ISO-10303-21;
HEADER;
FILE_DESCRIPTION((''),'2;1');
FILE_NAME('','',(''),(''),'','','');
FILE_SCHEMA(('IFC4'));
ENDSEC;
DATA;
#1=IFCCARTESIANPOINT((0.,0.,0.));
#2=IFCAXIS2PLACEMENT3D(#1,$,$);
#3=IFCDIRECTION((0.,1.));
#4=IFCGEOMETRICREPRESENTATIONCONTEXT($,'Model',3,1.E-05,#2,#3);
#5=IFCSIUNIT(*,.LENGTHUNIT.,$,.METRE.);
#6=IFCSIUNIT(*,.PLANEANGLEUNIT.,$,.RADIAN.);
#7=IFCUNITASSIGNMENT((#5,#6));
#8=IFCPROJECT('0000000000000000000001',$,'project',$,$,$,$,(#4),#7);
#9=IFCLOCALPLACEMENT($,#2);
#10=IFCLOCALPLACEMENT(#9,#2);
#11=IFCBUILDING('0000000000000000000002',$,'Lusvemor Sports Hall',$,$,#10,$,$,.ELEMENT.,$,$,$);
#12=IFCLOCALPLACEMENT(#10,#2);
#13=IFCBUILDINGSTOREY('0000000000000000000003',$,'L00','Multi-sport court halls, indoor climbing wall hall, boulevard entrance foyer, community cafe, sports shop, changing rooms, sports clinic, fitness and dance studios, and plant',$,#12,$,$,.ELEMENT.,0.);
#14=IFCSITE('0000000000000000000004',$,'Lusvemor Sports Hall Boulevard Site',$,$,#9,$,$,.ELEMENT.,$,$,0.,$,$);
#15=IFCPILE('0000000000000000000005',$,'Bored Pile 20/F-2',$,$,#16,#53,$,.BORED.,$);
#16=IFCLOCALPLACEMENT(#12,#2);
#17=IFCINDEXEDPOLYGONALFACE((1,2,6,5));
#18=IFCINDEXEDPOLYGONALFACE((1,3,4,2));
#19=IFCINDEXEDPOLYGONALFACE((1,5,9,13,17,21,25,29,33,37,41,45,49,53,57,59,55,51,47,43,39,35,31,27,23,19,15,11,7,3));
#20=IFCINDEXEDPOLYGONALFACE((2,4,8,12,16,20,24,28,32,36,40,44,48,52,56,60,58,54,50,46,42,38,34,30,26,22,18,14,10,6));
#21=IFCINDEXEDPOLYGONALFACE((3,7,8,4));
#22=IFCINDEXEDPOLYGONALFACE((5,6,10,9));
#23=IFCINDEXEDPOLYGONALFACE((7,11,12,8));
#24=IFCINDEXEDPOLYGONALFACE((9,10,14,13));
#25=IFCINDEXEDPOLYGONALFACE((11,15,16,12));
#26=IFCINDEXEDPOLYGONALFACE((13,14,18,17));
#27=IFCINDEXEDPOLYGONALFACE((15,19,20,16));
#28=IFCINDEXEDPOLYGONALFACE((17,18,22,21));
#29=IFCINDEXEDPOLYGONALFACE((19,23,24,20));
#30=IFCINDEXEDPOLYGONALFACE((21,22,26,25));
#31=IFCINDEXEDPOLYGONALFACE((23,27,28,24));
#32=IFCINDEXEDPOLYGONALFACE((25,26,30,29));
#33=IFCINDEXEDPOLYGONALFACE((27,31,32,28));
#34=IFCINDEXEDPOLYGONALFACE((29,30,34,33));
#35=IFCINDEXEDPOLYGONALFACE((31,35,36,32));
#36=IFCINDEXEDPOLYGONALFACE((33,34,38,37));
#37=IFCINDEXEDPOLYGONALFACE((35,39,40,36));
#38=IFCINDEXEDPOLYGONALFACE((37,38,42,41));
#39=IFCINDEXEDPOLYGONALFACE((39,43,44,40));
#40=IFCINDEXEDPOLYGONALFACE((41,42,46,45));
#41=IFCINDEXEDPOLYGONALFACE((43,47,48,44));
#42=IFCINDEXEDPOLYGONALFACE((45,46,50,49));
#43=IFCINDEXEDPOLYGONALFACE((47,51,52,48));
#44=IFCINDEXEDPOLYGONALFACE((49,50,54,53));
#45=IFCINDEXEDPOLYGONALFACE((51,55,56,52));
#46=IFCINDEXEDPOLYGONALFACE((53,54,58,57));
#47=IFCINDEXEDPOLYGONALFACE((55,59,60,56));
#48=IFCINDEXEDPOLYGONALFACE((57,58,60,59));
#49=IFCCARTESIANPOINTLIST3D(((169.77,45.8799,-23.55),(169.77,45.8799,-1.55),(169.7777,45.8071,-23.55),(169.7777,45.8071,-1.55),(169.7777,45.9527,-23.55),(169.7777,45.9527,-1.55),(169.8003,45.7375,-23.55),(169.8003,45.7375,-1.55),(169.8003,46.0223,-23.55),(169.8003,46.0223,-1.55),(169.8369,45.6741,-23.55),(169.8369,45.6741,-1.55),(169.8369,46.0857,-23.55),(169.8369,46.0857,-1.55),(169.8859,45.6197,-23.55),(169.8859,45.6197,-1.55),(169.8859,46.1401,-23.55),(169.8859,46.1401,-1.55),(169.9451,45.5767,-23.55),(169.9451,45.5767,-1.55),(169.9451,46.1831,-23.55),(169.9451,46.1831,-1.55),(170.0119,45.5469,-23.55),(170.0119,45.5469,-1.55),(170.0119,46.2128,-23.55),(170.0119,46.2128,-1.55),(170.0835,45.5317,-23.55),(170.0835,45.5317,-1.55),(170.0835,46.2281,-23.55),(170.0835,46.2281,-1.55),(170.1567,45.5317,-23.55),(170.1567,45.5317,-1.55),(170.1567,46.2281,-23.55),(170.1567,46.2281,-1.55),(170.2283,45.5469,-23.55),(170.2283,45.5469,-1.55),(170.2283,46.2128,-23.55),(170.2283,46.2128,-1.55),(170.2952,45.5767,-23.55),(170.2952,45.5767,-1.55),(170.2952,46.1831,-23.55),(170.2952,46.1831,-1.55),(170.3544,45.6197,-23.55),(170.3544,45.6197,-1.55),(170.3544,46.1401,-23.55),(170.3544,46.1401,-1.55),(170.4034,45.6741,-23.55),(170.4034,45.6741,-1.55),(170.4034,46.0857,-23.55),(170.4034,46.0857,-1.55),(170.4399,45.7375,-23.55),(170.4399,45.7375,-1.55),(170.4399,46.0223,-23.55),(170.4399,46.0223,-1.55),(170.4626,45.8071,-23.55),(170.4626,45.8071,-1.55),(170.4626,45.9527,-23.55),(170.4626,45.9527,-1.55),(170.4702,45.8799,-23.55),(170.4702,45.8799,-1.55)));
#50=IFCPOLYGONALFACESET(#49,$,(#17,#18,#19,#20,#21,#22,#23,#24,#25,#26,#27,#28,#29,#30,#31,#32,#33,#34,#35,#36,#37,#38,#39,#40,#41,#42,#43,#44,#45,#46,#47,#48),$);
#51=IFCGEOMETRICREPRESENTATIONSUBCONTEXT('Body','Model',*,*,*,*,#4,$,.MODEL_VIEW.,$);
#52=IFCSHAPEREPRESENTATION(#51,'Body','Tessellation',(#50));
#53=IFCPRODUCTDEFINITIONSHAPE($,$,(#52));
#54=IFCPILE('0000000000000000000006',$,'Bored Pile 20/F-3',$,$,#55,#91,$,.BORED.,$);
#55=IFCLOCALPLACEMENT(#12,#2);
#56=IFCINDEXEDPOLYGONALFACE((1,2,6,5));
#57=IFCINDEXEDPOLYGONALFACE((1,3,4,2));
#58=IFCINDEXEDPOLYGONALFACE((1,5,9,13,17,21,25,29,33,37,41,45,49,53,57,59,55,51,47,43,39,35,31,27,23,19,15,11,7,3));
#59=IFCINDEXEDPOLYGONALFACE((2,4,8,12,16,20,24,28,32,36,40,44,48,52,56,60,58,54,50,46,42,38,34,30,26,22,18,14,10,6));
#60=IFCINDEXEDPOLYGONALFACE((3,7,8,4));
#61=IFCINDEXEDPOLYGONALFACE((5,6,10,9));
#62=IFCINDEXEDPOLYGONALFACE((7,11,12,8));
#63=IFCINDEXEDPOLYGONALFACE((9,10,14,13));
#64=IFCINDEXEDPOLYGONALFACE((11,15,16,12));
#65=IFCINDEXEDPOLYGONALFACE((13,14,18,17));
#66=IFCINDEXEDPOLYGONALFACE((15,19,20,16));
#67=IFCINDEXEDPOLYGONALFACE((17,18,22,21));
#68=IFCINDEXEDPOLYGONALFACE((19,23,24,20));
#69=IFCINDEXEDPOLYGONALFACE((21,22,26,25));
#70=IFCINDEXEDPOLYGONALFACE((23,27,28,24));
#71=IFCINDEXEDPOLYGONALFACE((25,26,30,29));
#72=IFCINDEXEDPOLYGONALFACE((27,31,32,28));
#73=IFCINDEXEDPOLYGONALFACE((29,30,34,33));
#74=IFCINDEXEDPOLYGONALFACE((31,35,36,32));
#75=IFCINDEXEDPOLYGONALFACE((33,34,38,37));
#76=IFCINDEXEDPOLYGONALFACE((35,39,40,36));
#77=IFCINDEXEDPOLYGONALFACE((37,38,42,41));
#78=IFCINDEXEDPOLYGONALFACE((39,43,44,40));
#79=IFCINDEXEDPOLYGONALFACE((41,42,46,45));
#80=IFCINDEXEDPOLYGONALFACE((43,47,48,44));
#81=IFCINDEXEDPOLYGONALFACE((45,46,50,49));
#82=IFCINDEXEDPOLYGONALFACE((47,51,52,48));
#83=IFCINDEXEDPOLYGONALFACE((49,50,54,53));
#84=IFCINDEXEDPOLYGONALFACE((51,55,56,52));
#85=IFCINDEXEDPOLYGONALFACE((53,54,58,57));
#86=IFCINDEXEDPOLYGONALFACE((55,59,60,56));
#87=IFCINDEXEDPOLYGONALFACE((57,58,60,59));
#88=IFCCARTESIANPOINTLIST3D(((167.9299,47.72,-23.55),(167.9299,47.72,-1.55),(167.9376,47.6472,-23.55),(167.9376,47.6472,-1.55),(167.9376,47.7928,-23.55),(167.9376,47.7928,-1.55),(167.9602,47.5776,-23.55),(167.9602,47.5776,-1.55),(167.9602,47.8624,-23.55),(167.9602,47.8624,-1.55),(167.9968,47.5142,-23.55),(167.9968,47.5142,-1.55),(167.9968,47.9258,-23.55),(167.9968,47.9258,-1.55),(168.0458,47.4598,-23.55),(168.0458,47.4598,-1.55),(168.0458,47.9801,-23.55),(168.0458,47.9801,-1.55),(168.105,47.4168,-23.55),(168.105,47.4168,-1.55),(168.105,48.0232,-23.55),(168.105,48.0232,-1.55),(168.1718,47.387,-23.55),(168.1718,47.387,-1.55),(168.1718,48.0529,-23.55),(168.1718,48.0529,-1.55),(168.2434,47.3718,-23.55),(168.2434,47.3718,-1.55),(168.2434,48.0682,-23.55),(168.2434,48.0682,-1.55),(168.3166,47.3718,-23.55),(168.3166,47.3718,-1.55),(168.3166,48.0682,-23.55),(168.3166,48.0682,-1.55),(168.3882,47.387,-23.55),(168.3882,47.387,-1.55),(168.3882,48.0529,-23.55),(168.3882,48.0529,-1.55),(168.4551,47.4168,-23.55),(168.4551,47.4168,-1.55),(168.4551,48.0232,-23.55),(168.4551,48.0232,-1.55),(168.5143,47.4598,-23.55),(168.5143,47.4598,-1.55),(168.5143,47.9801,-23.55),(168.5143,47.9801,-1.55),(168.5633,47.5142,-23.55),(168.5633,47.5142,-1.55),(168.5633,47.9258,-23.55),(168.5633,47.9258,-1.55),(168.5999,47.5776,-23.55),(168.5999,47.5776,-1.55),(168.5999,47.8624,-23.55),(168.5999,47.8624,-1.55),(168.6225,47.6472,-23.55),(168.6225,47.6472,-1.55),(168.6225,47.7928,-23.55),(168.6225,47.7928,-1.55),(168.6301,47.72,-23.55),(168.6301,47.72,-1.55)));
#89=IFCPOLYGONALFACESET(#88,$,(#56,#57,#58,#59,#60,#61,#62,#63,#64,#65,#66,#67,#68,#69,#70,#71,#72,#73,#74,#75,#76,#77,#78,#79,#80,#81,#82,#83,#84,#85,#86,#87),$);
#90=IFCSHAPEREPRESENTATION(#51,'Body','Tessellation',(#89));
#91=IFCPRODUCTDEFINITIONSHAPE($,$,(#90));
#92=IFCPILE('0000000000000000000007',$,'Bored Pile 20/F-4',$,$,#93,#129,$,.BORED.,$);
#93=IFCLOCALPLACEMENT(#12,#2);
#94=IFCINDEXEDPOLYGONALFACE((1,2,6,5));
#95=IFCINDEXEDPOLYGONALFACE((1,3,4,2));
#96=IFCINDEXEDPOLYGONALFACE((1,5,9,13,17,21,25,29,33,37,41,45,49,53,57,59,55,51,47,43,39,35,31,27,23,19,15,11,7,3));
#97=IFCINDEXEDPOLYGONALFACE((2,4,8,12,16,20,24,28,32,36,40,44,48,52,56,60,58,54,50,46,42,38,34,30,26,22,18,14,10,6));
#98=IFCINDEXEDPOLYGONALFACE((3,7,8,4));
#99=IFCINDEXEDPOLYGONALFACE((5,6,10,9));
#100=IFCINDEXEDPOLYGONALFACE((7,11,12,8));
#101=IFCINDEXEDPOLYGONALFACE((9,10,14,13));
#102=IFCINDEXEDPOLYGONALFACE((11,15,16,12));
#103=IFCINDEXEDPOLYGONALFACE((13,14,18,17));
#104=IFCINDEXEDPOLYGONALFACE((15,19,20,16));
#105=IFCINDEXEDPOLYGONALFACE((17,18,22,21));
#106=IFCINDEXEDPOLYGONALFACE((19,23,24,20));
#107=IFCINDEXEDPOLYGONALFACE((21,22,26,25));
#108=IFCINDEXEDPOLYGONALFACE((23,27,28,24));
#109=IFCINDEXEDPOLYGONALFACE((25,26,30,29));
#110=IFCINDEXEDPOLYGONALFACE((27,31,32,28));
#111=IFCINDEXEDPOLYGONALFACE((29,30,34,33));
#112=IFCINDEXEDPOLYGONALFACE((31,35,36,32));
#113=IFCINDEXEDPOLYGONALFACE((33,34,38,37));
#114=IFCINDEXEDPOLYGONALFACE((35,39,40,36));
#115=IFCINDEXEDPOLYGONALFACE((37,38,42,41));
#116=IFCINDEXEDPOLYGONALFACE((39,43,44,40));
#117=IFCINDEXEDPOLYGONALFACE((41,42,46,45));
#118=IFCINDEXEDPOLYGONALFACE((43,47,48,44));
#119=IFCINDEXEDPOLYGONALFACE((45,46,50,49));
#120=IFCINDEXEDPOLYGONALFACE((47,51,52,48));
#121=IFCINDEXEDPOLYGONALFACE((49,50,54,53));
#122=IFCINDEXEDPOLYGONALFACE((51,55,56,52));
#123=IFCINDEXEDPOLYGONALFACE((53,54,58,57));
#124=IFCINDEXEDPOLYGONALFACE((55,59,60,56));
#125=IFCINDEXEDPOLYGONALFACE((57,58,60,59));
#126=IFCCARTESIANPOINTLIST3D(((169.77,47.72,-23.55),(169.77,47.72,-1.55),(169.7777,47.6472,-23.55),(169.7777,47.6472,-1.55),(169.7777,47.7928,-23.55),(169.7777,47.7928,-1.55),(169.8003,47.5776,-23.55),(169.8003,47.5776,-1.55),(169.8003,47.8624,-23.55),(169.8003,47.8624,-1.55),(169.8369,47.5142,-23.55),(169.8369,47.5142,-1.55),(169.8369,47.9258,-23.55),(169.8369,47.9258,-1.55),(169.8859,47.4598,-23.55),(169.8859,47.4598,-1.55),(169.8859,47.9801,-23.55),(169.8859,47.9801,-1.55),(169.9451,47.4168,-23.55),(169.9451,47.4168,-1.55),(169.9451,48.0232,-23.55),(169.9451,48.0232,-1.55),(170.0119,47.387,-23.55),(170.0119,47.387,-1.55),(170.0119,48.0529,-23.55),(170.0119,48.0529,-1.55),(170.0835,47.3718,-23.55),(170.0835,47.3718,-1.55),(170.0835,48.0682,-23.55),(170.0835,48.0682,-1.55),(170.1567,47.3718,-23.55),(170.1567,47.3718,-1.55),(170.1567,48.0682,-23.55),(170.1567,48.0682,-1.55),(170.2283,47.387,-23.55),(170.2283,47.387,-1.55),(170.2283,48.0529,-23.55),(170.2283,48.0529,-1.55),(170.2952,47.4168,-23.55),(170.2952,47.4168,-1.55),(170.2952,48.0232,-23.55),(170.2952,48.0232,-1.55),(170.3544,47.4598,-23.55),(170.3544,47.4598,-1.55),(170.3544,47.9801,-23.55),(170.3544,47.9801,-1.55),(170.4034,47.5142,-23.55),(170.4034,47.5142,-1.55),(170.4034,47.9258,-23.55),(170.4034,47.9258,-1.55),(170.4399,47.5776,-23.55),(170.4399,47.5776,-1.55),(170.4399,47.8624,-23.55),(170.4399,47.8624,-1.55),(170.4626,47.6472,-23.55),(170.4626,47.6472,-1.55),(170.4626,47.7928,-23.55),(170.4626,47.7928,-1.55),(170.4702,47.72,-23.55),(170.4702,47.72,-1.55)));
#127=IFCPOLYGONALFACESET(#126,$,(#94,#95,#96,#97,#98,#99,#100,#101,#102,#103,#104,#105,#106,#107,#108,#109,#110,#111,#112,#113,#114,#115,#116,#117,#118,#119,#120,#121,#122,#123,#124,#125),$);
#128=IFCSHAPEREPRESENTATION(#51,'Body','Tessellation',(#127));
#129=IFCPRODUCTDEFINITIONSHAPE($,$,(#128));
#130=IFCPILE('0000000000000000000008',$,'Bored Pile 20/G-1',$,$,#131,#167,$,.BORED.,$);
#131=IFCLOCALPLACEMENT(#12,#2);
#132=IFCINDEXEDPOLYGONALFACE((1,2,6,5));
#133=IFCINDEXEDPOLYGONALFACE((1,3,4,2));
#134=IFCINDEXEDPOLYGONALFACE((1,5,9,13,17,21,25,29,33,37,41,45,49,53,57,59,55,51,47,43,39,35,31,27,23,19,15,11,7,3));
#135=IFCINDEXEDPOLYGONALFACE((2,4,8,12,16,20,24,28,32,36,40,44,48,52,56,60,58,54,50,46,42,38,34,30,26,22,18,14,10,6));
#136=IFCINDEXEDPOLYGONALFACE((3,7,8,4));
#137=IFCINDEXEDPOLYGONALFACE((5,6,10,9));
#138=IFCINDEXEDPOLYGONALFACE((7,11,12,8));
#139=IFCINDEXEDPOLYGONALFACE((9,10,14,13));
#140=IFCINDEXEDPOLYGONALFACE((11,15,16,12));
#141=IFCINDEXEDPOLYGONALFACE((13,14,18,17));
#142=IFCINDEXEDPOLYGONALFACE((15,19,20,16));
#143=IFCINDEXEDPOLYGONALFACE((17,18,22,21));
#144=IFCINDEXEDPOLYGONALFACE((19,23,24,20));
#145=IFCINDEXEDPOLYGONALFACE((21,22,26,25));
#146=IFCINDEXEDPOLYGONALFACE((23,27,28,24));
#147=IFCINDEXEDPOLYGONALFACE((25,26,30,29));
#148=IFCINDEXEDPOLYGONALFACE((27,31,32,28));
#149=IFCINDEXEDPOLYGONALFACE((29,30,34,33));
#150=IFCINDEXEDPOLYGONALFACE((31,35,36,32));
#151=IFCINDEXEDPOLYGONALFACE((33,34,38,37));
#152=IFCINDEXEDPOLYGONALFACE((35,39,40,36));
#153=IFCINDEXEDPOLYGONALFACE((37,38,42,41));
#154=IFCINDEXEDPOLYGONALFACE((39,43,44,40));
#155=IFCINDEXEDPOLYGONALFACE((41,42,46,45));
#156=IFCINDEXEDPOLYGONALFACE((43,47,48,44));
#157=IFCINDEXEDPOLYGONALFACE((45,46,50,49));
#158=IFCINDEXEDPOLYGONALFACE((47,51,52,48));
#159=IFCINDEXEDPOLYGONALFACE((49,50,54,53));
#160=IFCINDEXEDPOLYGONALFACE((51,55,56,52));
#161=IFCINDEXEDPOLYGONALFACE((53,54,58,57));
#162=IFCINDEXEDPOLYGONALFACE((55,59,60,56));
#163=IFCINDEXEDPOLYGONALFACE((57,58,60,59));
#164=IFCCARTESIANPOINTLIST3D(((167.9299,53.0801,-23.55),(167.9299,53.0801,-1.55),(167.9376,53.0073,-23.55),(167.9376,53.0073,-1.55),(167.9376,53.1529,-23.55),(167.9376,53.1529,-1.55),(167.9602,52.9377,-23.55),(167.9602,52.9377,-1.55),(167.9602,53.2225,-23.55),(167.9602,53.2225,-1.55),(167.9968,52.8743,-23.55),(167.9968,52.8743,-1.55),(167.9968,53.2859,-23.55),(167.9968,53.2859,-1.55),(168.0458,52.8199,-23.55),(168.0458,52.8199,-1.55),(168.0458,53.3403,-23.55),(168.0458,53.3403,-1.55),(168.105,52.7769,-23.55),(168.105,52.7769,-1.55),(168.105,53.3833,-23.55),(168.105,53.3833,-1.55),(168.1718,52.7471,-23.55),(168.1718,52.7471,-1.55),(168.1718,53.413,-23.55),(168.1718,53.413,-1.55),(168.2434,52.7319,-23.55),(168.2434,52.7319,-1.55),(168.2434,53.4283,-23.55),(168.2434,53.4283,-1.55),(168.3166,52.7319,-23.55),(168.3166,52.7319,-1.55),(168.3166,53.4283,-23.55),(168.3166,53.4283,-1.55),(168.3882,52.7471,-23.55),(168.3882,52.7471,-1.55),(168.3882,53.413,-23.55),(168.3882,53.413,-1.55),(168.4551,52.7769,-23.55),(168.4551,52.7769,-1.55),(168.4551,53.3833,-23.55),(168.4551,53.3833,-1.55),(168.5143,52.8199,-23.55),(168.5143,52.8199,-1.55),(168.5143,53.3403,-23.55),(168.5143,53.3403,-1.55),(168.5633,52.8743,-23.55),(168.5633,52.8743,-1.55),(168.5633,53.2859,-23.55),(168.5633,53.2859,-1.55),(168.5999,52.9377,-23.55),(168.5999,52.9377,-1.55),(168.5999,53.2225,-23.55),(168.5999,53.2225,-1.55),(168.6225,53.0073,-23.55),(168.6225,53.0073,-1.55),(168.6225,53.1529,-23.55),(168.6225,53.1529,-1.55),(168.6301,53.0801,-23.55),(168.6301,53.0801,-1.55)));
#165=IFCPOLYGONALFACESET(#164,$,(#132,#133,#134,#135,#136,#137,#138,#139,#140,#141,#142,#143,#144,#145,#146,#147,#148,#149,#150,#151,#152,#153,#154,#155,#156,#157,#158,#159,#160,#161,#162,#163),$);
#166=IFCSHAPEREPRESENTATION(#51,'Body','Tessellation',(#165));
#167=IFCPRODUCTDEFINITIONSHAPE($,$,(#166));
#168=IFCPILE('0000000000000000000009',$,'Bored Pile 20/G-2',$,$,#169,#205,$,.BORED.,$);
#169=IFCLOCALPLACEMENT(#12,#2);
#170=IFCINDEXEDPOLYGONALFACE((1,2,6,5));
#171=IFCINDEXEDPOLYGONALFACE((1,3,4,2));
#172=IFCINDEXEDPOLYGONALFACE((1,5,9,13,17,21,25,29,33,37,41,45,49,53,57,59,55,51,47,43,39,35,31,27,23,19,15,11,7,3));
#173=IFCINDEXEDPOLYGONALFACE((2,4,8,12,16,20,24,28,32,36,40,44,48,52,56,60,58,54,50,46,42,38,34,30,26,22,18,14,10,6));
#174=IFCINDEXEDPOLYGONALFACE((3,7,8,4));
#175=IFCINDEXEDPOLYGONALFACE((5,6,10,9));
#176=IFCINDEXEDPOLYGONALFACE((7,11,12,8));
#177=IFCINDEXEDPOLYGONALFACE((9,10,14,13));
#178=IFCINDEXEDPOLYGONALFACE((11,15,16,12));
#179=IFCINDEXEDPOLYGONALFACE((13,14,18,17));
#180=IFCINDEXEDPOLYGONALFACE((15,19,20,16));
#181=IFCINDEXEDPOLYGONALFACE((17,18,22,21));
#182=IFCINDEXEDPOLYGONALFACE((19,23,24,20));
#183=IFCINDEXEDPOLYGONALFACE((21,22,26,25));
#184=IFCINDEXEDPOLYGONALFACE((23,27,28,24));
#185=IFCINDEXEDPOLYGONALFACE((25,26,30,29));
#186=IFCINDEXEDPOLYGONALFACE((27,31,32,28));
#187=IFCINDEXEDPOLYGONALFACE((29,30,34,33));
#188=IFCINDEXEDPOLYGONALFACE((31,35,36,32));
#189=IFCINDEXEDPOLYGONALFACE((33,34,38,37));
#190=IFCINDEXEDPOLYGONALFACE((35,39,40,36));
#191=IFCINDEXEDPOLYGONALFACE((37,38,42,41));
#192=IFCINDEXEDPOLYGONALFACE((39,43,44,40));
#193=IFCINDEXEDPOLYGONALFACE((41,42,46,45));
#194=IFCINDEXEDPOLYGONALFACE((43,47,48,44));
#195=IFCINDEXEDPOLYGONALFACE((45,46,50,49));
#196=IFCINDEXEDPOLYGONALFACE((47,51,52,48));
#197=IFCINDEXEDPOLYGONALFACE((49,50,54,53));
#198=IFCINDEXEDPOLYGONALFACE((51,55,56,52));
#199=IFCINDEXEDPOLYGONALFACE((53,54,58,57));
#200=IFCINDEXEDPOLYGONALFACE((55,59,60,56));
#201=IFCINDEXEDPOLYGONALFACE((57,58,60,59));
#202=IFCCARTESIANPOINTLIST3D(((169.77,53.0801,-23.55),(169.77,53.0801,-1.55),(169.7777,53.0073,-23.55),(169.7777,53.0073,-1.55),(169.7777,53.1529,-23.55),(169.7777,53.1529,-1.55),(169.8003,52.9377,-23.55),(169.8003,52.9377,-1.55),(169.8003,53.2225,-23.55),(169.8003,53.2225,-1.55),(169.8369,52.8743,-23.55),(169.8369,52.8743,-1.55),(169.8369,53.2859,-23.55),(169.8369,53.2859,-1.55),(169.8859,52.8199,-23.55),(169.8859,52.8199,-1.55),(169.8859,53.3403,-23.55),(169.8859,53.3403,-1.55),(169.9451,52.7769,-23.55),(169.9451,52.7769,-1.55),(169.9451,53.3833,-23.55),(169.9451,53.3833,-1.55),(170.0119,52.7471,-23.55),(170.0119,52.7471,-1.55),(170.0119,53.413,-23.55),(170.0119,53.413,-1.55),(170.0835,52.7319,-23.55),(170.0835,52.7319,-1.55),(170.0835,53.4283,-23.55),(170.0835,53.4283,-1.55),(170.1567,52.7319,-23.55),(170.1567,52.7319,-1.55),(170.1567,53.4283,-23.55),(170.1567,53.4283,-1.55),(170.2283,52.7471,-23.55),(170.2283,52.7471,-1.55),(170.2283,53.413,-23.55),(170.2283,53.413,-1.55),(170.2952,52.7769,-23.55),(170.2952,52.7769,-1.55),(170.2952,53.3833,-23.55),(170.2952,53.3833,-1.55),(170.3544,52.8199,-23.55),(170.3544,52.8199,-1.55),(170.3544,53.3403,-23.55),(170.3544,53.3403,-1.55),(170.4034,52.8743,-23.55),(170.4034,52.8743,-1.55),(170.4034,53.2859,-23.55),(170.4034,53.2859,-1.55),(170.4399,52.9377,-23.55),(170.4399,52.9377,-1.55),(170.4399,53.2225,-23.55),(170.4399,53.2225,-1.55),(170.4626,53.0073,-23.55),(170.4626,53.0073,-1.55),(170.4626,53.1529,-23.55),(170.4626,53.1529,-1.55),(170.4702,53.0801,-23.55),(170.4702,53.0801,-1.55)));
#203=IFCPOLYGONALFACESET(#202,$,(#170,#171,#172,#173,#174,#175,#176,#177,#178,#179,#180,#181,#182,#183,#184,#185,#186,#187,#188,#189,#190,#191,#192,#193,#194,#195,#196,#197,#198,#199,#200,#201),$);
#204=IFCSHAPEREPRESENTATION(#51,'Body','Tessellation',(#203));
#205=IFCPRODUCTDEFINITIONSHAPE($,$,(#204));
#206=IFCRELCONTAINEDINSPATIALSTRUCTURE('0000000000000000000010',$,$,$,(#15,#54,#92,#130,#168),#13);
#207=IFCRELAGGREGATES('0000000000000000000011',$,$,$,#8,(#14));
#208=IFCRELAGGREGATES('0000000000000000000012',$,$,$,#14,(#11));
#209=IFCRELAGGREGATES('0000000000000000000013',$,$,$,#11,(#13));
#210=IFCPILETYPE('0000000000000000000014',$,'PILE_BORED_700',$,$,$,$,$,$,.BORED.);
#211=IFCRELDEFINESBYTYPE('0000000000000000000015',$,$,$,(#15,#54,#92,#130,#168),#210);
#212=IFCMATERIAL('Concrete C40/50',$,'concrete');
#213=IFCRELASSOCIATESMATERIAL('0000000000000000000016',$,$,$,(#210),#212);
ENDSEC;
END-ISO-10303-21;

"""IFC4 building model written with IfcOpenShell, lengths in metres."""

from ifc_helpers import new_model, si_unit, direction, frame, origin, origin_2d, place, context, subcontext, project, spatial, circle, extrude, material, material_profile, profile_set, type_object, element, save


model = new_model("IFC4")

# Units and contexts
model_context = context("Model", 3, precision=1e-05, world=origin(), true_north=direction((0.0, 1.0)))
body_context = subcontext(model_context, "Body", "Model", "MODEL_VIEW")
ifc_project = project(units=[si_unit("LENGTHUNIT", "METRE"), si_unit("PLANEANGLEUNIT", "RADIAN")], contexts=[model_context])

# Site, building, storey
site_placement = place(None, origin())
site = spatial("IfcSite", under=ifc_project, at=site_placement, Name="Lusvemor Sports Hall Boulevard Site", CompositionType="ELEMENT", RefElevation=0.0)
building_placement = place(site_placement, origin())
building = spatial("IfcBuilding", under=site, at=building_placement, Name="Lusvemor Sports Hall", CompositionType="ELEMENT")
storey_placement = place(building_placement, origin())
storey = spatial("IfcBuildingStorey", under=building, at=storey_placement, Name="L00", Description="Multi-sport court halls, indoor climbing wall hall, boulevard entrance foyer, community cafe, sports shop, changing rooms, sports clinic, fitness and dance studios, and plant", CompositionType="ELEMENT", Elevation=0.0)

# Piles
ifc_material_1 = material(Name="Concrete C40/50", Category="concrete")
ifc_material_profile_1 = material_profile(ifc_material_1, circle(Radius=0.3501, at=origin_2d()), Name="PILE700")
ifc_profile_set_1 = profile_set([ifc_material_profile_1], Name="Concrete C40/50")
pile_type = type_object("IfcPileType", Name="PILE_BORED_700", PredefinedType="BORED", material=ifc_profile_set_1)
for number, where, z_axis, x_axis, name in (
    (1, (170.1201, 45.8799, -1.55), (0.0, 0.0, -1.0), (1.0, 0.0, 0.0), "Bored Pile 20/F-2"),
    (2, (168.28, 47.72, -1.55), (0.0, 0.0, -1.0), (1.0, 0.0, 0.0), "Bored Pile 20/F-3"),
    (3, (170.1201, 47.72, -1.55), (0.0, 0.0, -1.0), (1.0, 0.0, 0.0), "Bored Pile 20/F-4"),
    (4, (168.28, 53.0801, -1.55), (0.0, 0.0, -1.0), (1.0, 0.0, 0.0), "Bored Pile 20/G-1"),
    (5, (170.1201, 53.0801, -1.55), (0.0, 0.0, -1.0), (1.0, 0.0, 0.0), "Bored Pile 20/G-2"),
):
    element("IfcPile", number, at=place(storey_placement, frame(where, z_axis=z_axis, x_axis=x_axis)), inside=storey, type_object=pile_type, Name=name, PredefinedType="BORED", context=body_context, shape_type="SweptSolid", body=[
        extrude(circle(Radius=0.3501, at=origin_2d()), origin(), (0.0, 0.0, 1.0), 22.0),
    ])

save(model, "model.ifc")
